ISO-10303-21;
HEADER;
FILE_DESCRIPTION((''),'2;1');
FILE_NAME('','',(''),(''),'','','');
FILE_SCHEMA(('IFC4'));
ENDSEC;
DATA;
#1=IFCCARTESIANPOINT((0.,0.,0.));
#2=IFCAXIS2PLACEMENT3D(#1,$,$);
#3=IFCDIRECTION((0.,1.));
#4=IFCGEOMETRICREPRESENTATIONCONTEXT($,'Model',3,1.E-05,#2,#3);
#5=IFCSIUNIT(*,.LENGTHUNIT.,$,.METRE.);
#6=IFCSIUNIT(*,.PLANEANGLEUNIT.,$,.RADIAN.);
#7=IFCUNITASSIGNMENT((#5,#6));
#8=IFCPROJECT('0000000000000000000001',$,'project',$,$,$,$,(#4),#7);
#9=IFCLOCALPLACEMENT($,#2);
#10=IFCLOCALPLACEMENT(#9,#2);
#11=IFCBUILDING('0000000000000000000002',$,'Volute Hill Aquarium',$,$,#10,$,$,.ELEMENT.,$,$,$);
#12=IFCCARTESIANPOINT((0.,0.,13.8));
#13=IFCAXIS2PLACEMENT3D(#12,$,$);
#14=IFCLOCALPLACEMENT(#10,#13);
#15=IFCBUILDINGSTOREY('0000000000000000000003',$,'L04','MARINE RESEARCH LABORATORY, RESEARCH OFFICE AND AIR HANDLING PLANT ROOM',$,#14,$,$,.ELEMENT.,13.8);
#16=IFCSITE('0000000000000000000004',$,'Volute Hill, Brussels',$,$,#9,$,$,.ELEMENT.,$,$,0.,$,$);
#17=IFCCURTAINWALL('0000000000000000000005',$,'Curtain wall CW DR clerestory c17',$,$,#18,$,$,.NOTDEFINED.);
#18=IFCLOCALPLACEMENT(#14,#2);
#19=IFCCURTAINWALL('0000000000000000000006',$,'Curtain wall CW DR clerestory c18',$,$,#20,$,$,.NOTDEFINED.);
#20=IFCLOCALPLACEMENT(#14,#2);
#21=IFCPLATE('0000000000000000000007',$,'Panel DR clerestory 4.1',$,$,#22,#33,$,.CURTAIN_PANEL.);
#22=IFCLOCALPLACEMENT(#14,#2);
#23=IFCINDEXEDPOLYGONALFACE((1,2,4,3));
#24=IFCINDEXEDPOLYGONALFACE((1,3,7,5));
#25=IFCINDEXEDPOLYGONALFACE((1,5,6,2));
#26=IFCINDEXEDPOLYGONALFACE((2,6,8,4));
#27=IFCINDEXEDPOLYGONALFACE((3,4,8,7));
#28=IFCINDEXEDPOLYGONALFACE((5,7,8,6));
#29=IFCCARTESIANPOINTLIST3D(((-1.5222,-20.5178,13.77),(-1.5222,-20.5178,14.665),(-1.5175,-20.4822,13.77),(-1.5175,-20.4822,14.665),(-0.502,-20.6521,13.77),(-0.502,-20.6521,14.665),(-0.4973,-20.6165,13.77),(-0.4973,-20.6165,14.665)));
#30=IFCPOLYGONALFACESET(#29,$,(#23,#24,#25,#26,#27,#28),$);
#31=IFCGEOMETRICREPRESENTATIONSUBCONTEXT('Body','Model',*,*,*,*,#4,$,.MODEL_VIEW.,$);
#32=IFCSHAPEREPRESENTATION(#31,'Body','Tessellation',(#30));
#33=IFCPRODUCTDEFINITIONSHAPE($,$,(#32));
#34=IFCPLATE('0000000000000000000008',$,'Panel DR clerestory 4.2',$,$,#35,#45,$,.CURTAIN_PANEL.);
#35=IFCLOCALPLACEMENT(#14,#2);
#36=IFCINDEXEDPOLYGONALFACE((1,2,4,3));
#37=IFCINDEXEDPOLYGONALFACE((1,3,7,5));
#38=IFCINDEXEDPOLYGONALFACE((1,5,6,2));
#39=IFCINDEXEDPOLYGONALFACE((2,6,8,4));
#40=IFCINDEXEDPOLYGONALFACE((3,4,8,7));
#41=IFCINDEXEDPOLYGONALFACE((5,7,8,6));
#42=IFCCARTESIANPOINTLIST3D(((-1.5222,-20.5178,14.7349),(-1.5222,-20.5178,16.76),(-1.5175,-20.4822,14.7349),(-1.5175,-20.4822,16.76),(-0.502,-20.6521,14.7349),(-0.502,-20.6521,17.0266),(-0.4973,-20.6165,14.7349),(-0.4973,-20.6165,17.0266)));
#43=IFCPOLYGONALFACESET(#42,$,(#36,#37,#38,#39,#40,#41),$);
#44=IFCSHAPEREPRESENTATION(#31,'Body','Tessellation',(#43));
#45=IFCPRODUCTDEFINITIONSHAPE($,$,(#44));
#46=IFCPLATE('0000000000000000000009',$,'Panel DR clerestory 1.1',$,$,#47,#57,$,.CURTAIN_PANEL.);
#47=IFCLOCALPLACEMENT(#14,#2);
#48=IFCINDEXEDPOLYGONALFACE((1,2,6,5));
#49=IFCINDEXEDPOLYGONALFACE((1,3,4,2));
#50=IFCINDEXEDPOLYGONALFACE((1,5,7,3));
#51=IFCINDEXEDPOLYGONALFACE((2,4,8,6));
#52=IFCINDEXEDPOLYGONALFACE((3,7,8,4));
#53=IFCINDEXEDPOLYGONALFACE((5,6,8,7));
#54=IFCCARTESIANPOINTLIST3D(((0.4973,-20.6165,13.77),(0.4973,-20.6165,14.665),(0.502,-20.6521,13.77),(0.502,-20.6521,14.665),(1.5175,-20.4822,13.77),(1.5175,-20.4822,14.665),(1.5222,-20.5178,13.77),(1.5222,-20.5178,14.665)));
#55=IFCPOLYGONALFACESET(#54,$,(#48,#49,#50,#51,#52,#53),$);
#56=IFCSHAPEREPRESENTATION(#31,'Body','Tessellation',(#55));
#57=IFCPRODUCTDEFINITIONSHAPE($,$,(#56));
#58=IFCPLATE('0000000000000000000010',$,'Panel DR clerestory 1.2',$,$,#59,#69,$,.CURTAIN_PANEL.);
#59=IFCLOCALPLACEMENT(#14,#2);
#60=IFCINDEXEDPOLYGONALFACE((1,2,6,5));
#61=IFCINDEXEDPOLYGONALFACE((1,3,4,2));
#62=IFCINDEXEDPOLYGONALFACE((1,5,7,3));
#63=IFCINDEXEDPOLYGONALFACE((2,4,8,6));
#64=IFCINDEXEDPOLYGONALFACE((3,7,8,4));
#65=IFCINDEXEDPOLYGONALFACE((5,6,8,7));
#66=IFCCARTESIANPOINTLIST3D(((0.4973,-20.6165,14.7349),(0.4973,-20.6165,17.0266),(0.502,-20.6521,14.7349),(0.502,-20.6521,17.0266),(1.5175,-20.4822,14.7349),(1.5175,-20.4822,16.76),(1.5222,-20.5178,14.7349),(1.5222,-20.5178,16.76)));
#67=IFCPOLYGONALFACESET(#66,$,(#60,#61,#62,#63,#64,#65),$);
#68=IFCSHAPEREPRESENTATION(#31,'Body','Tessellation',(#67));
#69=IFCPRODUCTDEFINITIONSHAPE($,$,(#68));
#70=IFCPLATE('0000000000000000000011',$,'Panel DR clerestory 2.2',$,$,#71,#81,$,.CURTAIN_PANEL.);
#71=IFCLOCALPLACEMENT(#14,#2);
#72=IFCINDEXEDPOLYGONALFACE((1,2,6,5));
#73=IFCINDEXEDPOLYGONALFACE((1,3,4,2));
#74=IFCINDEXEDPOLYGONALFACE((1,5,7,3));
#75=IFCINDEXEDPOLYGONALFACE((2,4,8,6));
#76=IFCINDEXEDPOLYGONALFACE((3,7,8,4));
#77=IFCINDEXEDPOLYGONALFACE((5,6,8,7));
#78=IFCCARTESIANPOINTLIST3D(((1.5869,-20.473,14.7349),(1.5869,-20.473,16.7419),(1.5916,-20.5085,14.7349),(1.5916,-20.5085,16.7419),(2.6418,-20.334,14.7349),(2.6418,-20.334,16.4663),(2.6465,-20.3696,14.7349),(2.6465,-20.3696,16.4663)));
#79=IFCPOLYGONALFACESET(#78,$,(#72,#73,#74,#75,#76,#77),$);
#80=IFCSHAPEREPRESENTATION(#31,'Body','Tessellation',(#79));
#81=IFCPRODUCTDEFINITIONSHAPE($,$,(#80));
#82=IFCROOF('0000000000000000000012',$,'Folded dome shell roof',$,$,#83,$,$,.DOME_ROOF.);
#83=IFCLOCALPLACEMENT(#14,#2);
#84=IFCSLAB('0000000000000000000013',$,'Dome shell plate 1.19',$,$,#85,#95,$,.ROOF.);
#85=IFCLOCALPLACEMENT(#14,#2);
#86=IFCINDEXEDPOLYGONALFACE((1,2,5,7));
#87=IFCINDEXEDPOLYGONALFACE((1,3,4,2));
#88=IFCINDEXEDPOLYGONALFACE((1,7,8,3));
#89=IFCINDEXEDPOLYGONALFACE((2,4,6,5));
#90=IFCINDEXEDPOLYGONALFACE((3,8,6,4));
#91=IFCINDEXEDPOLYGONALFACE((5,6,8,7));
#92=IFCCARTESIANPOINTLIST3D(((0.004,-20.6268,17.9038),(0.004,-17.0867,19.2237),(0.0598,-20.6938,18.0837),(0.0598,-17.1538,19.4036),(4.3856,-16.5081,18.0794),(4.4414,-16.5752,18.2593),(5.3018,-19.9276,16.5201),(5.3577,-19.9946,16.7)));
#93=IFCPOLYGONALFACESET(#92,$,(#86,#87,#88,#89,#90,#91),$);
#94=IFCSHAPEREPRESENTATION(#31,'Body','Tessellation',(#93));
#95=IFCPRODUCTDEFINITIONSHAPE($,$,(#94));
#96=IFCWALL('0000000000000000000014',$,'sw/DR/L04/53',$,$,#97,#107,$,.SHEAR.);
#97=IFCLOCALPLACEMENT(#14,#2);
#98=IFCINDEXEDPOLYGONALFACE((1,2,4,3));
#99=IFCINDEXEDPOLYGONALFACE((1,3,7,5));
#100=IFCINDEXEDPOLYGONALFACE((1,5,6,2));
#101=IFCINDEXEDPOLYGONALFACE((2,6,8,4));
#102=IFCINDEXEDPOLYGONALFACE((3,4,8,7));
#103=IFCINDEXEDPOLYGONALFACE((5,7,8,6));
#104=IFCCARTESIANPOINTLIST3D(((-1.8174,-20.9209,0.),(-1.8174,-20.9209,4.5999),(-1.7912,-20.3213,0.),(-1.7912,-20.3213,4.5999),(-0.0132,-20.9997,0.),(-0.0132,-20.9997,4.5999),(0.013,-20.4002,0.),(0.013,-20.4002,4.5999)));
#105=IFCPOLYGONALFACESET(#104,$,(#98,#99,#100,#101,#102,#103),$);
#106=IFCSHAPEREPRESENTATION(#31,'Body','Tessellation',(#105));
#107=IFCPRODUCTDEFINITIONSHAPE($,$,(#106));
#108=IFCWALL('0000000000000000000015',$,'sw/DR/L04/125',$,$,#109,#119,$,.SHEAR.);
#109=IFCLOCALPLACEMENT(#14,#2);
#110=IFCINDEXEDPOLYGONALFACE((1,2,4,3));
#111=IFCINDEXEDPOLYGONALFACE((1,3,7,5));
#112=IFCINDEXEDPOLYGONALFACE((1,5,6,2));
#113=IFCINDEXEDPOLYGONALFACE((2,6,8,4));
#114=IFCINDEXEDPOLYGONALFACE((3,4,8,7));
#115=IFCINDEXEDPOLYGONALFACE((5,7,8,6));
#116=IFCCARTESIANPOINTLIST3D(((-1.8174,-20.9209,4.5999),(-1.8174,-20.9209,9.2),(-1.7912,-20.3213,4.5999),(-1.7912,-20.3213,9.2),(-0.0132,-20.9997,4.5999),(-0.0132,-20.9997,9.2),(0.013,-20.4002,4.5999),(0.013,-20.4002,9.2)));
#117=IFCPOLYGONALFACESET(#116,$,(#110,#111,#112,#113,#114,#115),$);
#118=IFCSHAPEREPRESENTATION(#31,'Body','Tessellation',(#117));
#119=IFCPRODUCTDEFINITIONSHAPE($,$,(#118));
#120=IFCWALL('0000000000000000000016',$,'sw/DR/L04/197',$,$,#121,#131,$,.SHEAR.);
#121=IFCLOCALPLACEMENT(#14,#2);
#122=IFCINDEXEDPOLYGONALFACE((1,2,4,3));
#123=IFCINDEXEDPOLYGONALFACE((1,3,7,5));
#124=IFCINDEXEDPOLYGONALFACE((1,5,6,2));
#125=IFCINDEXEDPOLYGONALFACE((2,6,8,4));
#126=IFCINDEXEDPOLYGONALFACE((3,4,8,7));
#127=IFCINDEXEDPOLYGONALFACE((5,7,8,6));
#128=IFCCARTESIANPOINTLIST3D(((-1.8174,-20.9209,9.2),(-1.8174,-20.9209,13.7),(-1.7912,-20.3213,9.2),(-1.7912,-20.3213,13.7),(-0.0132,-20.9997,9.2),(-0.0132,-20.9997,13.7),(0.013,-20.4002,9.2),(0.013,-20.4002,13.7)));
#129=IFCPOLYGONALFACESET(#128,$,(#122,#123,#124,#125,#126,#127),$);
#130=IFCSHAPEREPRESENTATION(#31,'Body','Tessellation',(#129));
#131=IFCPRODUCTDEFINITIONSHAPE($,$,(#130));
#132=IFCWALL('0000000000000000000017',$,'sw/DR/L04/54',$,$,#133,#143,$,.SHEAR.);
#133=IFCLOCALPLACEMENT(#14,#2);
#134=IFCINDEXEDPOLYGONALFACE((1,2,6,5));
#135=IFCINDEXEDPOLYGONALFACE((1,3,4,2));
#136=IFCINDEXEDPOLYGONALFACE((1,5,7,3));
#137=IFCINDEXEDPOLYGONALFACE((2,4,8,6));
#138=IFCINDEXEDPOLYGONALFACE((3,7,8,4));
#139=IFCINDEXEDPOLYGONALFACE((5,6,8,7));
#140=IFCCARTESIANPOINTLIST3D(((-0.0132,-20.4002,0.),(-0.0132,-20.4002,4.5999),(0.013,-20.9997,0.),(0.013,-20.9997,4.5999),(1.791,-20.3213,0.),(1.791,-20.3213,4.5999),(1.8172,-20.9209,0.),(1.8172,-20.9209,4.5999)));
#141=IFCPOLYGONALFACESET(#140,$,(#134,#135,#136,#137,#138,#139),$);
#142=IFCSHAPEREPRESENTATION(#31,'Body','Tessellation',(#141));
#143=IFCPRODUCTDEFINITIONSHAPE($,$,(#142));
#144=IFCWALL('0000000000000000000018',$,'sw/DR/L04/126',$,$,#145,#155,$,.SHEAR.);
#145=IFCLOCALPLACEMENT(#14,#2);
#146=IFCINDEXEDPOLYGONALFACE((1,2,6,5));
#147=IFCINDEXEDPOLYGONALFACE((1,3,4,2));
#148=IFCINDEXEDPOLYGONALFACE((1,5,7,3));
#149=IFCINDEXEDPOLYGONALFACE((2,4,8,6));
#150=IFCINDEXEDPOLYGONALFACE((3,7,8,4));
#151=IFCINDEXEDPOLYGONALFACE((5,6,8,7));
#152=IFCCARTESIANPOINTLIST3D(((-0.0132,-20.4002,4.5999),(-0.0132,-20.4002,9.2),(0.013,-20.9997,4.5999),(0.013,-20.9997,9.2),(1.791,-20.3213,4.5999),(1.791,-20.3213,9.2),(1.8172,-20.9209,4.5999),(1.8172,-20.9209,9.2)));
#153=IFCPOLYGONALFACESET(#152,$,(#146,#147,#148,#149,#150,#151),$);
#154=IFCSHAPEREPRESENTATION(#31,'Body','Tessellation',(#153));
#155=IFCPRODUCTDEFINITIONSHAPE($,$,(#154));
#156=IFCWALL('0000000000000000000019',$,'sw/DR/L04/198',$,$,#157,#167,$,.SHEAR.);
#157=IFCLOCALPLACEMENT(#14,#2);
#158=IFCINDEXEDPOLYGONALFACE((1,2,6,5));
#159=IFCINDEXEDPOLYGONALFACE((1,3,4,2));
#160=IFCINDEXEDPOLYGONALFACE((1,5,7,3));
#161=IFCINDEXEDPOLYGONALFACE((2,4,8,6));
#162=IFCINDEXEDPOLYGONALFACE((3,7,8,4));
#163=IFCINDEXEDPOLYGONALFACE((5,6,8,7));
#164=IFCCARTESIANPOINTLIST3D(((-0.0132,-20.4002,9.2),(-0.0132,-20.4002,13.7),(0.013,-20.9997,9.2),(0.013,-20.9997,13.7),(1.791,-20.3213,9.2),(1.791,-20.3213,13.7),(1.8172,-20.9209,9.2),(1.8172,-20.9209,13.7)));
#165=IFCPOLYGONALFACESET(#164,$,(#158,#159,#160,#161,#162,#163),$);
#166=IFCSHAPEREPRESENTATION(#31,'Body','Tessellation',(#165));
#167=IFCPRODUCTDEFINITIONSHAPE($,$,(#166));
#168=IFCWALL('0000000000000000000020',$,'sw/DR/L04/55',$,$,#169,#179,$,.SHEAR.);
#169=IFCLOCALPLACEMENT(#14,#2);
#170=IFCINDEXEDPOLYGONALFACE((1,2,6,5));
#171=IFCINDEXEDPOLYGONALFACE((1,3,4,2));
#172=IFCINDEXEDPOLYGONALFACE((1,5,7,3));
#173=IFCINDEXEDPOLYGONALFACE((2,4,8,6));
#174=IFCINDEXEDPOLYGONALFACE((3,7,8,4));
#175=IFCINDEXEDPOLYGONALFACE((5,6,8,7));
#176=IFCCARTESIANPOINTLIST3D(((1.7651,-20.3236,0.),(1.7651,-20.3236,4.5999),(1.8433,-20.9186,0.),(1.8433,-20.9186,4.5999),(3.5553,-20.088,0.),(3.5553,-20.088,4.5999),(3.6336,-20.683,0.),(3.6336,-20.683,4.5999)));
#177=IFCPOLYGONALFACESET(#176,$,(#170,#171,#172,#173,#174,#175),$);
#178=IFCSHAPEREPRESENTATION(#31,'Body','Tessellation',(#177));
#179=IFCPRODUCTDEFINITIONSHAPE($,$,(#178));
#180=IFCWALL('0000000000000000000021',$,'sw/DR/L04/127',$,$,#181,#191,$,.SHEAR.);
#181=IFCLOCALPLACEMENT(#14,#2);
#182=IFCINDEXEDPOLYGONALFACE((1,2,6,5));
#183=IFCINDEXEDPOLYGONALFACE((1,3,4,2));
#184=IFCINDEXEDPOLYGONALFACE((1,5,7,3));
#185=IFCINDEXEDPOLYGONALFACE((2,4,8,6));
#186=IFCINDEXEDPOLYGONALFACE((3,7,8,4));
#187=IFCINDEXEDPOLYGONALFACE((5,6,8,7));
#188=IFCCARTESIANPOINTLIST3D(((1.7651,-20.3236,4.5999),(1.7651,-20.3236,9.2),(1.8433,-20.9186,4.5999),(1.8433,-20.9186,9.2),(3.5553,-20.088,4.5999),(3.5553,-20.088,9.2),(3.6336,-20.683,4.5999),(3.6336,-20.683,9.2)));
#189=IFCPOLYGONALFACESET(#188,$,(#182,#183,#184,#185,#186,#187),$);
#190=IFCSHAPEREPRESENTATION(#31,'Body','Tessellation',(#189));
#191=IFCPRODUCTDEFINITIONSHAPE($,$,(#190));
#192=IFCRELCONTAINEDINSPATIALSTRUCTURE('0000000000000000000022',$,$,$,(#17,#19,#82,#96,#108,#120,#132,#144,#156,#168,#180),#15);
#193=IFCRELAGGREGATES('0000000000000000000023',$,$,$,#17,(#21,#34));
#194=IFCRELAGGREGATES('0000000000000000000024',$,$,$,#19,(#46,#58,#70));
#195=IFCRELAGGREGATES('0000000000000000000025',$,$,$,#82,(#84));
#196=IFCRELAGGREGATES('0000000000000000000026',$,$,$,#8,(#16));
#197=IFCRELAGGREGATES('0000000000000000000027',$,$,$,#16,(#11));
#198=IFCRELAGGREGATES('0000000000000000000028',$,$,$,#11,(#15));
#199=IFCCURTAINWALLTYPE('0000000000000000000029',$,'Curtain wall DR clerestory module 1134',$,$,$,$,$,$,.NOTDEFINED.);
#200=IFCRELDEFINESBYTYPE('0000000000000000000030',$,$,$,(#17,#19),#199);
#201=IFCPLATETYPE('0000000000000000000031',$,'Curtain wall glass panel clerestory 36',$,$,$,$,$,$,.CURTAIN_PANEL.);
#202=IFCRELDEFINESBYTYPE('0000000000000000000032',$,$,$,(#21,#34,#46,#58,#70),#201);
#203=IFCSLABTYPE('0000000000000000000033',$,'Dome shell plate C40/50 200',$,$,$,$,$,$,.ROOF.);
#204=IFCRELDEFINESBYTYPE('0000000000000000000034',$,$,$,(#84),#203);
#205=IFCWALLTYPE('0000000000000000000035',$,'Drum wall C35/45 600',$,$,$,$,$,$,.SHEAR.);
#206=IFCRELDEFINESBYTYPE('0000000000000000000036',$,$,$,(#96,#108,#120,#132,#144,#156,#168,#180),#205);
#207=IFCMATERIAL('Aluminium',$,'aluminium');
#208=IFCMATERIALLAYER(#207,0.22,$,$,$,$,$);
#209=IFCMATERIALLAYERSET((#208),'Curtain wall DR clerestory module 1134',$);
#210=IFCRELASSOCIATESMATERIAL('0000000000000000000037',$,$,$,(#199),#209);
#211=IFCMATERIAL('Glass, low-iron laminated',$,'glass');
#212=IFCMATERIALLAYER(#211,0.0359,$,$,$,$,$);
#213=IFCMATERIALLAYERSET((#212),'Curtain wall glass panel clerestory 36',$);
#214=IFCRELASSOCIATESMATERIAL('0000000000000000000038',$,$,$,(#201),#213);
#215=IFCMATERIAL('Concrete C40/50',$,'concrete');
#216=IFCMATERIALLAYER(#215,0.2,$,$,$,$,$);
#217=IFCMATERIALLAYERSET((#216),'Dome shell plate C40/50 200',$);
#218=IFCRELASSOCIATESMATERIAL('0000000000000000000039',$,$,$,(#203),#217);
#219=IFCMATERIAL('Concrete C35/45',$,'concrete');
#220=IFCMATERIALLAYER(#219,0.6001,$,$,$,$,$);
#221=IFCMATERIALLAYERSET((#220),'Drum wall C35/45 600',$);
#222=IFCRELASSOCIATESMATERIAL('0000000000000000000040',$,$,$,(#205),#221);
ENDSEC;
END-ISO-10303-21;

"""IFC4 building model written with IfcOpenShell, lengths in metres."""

from ifc_helpers import new_model, si_unit, direction, frame, frame_2d, origin, origin_2d, place, context, subcontext, project, spatial, polyline, rectangle, outline, extrude, material, layer, layer_set, type_object, element, aggregate, save


model = new_model("IFC4")

# Units and contexts
model_context = context("Model", 3, precision=1e-05, world=origin(), true_north=direction((0.0, 1.0)))
body_context = subcontext(model_context, "Body", "Model", "MODEL_VIEW")
ifc_project = project(units=[si_unit("LENGTHUNIT", "METRE"), si_unit("PLANEANGLEUNIT", "RADIAN")], contexts=[model_context])

# Site, building, storey
site_placement = place(None, origin())
site = spatial("IfcSite", under=ifc_project, at=site_placement, Name="Volute Hill, Brussels", CompositionType="ELEMENT", RefElevation=0.0)
building_placement = place(site_placement, origin())
building = spatial("IfcBuilding", under=site, at=building_placement, Name="Volute Hill Aquarium", CompositionType="ELEMENT")
storey_placement = place(building_placement, frame((0.0, 0.0, 13.8)))
storey = spatial("IfcBuildingStorey", under=building, at=storey_placement, Name="L04", Description="MARINE RESEARCH LABORATORY, RESEARCH OFFICE AND AIR HANDLING PLANT ROOM", CompositionType="ELEMENT", Elevation=13.8)

# Curtain walls
ifc_material_1 = material(Name="Aluminium", Category="aluminium")
ifc_layer_1 = layer(ifc_material_1, 0.22)
ifc_layer_set_1 = layer_set([ifc_layer_1], Name="Curtain wall DR clerestory module 1134")
curtain_wall_type = type_object("IfcCurtainWallType", Name="Curtain wall DR clerestory module 1134", PredefinedType="NOTDEFINED", material=ifc_layer_set_1)
curtain_wall_1_placement = place(storey_placement, origin())
curtain_wall_1 = element("IfcCurtainWall", 1, at=curtain_wall_1_placement, inside=storey, type_object=curtain_wall_type, Name="Curtain wall CW DR clerestory c17", PredefinedType="NOTDEFINED")
curtain_wall_2_placement = place(storey_placement, origin())
curtain_wall_2 = element("IfcCurtainWall", 2, at=curtain_wall_2_placement, inside=storey, type_object=curtain_wall_type, Name="Curtain wall CW DR clerestory c18", PredefinedType="NOTDEFINED")

# Plates
ifc_material_2 = material(Name="Glass, low-iron laminated", Category="glass")
ifc_layer_2 = layer(ifc_material_2, 0.0359)
ifc_layer_set_2 = layer_set([ifc_layer_2], Name="Curtain wall glass panel clerestory 36")
plate_type = type_object("IfcPlateType", Name="Curtain wall glass panel clerestory 36", PredefinedType="CURTAIN_PANEL", material=ifc_layer_set_2)
plate_1_placement = place(storey_placement, frame((-1.0098, -20.5671, 13.77), z_axis=(0.0, 0.0, 1.0), x_axis=(0.991446, -0.130519, 0.0)))
plate_1 = element("IfcPlate", 3, at=plate_1_placement, type_object=plate_type, Name="Panel DR clerestory 4.1", PredefinedType="CURTAIN_PANEL", context=body_context, shape_type="SweptSolid", body=[
    extrude(rectangle(XDim=1.0291, YDim=0.0359, at=origin_2d()), origin(), (0.0, 0.0, 1.0), 0.895),
])
plate_2_placement = place(storey_placement, frame((-1.5222, -20.5178, 14.7349), z_axis=(-0.130485, -0.99145, 0.0), x_axis=(0.99145, -0.130485, 0.0)))
plate_2 = element("IfcPlate", 4, at=plate_2_placement, type_object=plate_type, Name="Panel DR clerestory 4.2", PredefinedType="CURTAIN_PANEL", context=body_context, shape_type="SweptSolid", body=[
    extrude(outline(polyline([(0.0, 0.0), (1.0291, 0.0), (1.0291, 2.2917), (0.0, 2.0251), (0.0, 0.0)])), origin(), (0.0, 0.0, -1.0), 0.0359),
])
aggregate(curtain_wall_1, [plate_1, plate_2])
plate_3_placement = place(storey_placement, frame((1.0098, -20.5671, 13.77), z_axis=(0.0, 0.0, 1.0), x_axis=(0.991446, 0.130519, 0.0)))
plate_3 = element("IfcPlate", 5, at=plate_3_placement, type_object=plate_type, Name="Panel DR clerestory 1.1", PredefinedType="CURTAIN_PANEL", context=body_context, shape_type="SweptSolid", body=[
    extrude(rectangle(XDim=1.0291, YDim=0.0359, at=origin_2d()), origin(), (0.0, 0.0, 1.0), 0.895),
])
plate_4_placement = place(storey_placement, frame((0.502, -20.6521, 14.7349), z_axis=(0.130485, -0.99145, 0.0), x_axis=(0.99145, 0.130485, 0.0)))
plate_4 = element("IfcPlate", 6, at=plate_4_placement, type_object=plate_type, Name="Panel DR clerestory 1.2", PredefinedType="CURTAIN_PANEL", context=body_context, shape_type="SweptSolid", body=[
    extrude(outline(polyline([(0.0, 0.0), (1.0291, 0.0), (1.0291, 2.0251), (0.0, 2.2917), (0.0, 0.0)])), origin(), (0.0, 0.0, -1.0), 0.0359),
])
plate_5_placement = place(storey_placement, frame((1.5916, -20.5085, 14.7349), z_axis=(0.130555, -0.991441, 0.0), x_axis=(0.991441, 0.130555, 0.0)))
plate_5 = element("IfcPlate", 7, at=plate_5_placement, type_object=plate_type, Name="Panel DR clerestory 2.2", PredefinedType="CURTAIN_PANEL", context=body_context, shape_type="SweptSolid", body=[
    extrude(outline(polyline([(0.0, 0.0), (1.064, 0.0), (1.064, 1.7314), (0.0, 2.0071), (0.0, 0.0)])), origin(), (0.0, 0.0, -1.0), 0.0359),
])
aggregate(curtain_wall_2, [plate_3, plate_4, plate_5])

# Roof, slab
roof_placement = place(storey_placement, origin())
roof = element("IfcRoof", 8, at=roof_placement, inside=storey, Name="Folded dome shell roof", PredefinedType="DOME_ROOF")
ifc_material_3 = material(Name="Concrete C40/50", Category="concrete")
ifc_layer_3 = layer(ifc_material_3, 0.2)
ifc_layer_set_3 = layer_set([ifc_layer_3], Name="Dome shell plate C40/50 200")
slab_type = type_object("IfcSlabType", Name="Dome shell plate C40/50 200", PredefinedType="ROOF", material=ifc_layer_set_3)
slab_placement = place(storey_placement, frame((0.0598, -20.6938, 18.0837), z_axis=(0.279271, -0.335446, 0.899713), x_axis=(0.959747, 0.126667, -0.250679)))
slab = element("IfcSlab", 9, at=slab_placement, type_object=slab_type, Name="Dome shell plate 1.19", PredefinedType="ROOF", context=body_context, shape_type="SweptSolid", body=[
    extrude(outline(polyline([(0.0, 0.0), (5.5201, 0.0), (4.6829, 3.7766), (0.1176, 3.7762), (0.0, 0.0)])), origin(), (0.0, 0.0, -1.0), 0.2),
])
aggregate(roof, [slab])

# Walls
ifc_material_4 = material(Name="Concrete C35/45", Category="concrete")
ifc_layer_4 = layer(ifc_material_4, 0.6001)
ifc_layer_set_4 = layer_set([ifc_layer_4], Name="Drum wall C35/45 600")
wall_type = type_object("IfcWallType", Name="Drum wall C35/45 600", PredefinedType="SHEAR", material=ifc_layer_set_4)
wall_1_placement = place(storey_placement, frame((-1.8042, -20.6211, 0.0), z_axis=(0.0, 0.0, 1.0), x_axis=(0.999046, -0.043666, 0.0)))
element("IfcWall", 10, at=wall_1_placement, inside=storey, type_object=wall_type, Name="sw/DR/L04/53", PredefinedType="SHEAR", context=body_context, shape_type="SweptSolid", body=[
    extrude(rectangle(XDim=1.8059, YDim=0.6001, at=frame_2d((0.9028, 0.0))), origin(), (0.0, 0.0, 1.0), 4.5999),
])
wall_2_placement = place(storey_placement, frame((-1.8042, -20.6211, 4.5999), z_axis=(0.0, 0.0, 1.0), x_axis=(0.999046, -0.043666, 0.0)))
element("IfcWall", 11, at=wall_2_placement, inside=storey, type_object=wall_type, Name="sw/DR/L04/125", PredefinedType="SHEAR", context=body_context, shape_type="SweptSolid", body=[
    extrude(rectangle(XDim=1.8059, YDim=0.6001, at=frame_2d((0.9028, 0.0))), origin(), (0.0, 0.0, 1.0), 4.6001),
])
wall_3_placement = place(storey_placement, frame((-1.8042, -20.6211, 9.2), z_axis=(0.0, 0.0, 1.0), x_axis=(0.999046, -0.043666, 0.0)))
element("IfcWall", 12, at=wall_3_placement, inside=storey, type_object=wall_type, Name="sw/DR/L04/197", PredefinedType="SHEAR", context=body_context, shape_type="SweptSolid", body=[
    extrude(rectangle(XDim=1.8059, YDim=0.6001, at=frame_2d((0.9028, 0.0))), origin(), (0.0, 0.0, 1.0), 4.5),
])
wall_4_placement = place(storey_placement, frame((0.0, -20.7, 0.0), z_axis=(0.0, 0.0, 1.0), x_axis=(0.999046, 0.043666, 0.0)))
element("IfcWall", 13, at=wall_4_placement, inside=storey, type_object=wall_type, Name="sw/DR/L04/54", PredefinedType="SHEAR", context=body_context, shape_type="SweptSolid", body=[
    extrude(rectangle(XDim=1.8059, YDim=0.6001, at=frame_2d((0.9028, 0.0))), origin(), (0.0, 0.0, 1.0), 4.5999),
])
wall_5_placement = place(storey_placement, frame((0.0, -20.7, 4.5999), z_axis=(0.0, 0.0, 1.0), x_axis=(0.999046, 0.043666, 0.0)))
element("IfcWall", 14, at=wall_5_placement, inside=storey, type_object=wall_type, Name="sw/DR/L04/126", PredefinedType="SHEAR", context=body_context, shape_type="SweptSolid", body=[
    extrude(rectangle(XDim=1.8059, YDim=0.6001, at=frame_2d((0.9028, 0.0))), origin(), (0.0, 0.0, 1.0), 4.6001),
])
wall_6_placement = place(storey_placement, frame((0.0, -20.7, 9.2), z_axis=(0.0, 0.0, 1.0), x_axis=(0.999046, 0.043666, 0.0)))
element("IfcWall", 15, at=wall_6_placement, inside=storey, type_object=wall_type, Name="sw/DR/L04/198", PredefinedType="SHEAR", context=body_context, shape_type="SweptSolid", body=[
    extrude(rectangle(XDim=1.8059, YDim=0.6001, at=frame_2d((0.9028, 0.0))), origin(), (0.0, 0.0, 1.0), 4.5),
])
wall_7_placement = place(storey_placement, frame((1.8042, -20.6211, 0.0), z_axis=(0.0, 0.0, 1.0), x_axis=(0.991452, 0.130472, 0.0)))
element("IfcWall", 16, at=wall_7_placement, inside=storey, type_object=wall_type, Name="sw/DR/L04/55", PredefinedType="SHEAR", context=body_context, shape_type="SweptSolid", body=[
    extrude(rectangle(XDim=1.8057, YDim=0.6001, at=frame_2d((0.9028, 0.0))), origin(), (0.0, 0.0, 1.0), 4.5999),
])
wall_8_placement = place(storey_placement, frame((1.8042, -20.6211, 4.5999), z_axis=(0.0, 0.0, 1.0), x_axis=(0.991452, 0.130472, 0.0)))
element("IfcWall", 17, at=wall_8_placement, inside=storey, type_object=wall_type, Name="sw/DR/L04/127", PredefinedType="SHEAR", context=body_context, shape_type="SweptSolid", body=[
    extrude(rectangle(XDim=1.8057, YDim=0.6001, at=frame_2d((0.9028, 0.0))), origin(), (0.0, 0.0, 1.0), 4.6001),
])

save(model, "model.ifc")
